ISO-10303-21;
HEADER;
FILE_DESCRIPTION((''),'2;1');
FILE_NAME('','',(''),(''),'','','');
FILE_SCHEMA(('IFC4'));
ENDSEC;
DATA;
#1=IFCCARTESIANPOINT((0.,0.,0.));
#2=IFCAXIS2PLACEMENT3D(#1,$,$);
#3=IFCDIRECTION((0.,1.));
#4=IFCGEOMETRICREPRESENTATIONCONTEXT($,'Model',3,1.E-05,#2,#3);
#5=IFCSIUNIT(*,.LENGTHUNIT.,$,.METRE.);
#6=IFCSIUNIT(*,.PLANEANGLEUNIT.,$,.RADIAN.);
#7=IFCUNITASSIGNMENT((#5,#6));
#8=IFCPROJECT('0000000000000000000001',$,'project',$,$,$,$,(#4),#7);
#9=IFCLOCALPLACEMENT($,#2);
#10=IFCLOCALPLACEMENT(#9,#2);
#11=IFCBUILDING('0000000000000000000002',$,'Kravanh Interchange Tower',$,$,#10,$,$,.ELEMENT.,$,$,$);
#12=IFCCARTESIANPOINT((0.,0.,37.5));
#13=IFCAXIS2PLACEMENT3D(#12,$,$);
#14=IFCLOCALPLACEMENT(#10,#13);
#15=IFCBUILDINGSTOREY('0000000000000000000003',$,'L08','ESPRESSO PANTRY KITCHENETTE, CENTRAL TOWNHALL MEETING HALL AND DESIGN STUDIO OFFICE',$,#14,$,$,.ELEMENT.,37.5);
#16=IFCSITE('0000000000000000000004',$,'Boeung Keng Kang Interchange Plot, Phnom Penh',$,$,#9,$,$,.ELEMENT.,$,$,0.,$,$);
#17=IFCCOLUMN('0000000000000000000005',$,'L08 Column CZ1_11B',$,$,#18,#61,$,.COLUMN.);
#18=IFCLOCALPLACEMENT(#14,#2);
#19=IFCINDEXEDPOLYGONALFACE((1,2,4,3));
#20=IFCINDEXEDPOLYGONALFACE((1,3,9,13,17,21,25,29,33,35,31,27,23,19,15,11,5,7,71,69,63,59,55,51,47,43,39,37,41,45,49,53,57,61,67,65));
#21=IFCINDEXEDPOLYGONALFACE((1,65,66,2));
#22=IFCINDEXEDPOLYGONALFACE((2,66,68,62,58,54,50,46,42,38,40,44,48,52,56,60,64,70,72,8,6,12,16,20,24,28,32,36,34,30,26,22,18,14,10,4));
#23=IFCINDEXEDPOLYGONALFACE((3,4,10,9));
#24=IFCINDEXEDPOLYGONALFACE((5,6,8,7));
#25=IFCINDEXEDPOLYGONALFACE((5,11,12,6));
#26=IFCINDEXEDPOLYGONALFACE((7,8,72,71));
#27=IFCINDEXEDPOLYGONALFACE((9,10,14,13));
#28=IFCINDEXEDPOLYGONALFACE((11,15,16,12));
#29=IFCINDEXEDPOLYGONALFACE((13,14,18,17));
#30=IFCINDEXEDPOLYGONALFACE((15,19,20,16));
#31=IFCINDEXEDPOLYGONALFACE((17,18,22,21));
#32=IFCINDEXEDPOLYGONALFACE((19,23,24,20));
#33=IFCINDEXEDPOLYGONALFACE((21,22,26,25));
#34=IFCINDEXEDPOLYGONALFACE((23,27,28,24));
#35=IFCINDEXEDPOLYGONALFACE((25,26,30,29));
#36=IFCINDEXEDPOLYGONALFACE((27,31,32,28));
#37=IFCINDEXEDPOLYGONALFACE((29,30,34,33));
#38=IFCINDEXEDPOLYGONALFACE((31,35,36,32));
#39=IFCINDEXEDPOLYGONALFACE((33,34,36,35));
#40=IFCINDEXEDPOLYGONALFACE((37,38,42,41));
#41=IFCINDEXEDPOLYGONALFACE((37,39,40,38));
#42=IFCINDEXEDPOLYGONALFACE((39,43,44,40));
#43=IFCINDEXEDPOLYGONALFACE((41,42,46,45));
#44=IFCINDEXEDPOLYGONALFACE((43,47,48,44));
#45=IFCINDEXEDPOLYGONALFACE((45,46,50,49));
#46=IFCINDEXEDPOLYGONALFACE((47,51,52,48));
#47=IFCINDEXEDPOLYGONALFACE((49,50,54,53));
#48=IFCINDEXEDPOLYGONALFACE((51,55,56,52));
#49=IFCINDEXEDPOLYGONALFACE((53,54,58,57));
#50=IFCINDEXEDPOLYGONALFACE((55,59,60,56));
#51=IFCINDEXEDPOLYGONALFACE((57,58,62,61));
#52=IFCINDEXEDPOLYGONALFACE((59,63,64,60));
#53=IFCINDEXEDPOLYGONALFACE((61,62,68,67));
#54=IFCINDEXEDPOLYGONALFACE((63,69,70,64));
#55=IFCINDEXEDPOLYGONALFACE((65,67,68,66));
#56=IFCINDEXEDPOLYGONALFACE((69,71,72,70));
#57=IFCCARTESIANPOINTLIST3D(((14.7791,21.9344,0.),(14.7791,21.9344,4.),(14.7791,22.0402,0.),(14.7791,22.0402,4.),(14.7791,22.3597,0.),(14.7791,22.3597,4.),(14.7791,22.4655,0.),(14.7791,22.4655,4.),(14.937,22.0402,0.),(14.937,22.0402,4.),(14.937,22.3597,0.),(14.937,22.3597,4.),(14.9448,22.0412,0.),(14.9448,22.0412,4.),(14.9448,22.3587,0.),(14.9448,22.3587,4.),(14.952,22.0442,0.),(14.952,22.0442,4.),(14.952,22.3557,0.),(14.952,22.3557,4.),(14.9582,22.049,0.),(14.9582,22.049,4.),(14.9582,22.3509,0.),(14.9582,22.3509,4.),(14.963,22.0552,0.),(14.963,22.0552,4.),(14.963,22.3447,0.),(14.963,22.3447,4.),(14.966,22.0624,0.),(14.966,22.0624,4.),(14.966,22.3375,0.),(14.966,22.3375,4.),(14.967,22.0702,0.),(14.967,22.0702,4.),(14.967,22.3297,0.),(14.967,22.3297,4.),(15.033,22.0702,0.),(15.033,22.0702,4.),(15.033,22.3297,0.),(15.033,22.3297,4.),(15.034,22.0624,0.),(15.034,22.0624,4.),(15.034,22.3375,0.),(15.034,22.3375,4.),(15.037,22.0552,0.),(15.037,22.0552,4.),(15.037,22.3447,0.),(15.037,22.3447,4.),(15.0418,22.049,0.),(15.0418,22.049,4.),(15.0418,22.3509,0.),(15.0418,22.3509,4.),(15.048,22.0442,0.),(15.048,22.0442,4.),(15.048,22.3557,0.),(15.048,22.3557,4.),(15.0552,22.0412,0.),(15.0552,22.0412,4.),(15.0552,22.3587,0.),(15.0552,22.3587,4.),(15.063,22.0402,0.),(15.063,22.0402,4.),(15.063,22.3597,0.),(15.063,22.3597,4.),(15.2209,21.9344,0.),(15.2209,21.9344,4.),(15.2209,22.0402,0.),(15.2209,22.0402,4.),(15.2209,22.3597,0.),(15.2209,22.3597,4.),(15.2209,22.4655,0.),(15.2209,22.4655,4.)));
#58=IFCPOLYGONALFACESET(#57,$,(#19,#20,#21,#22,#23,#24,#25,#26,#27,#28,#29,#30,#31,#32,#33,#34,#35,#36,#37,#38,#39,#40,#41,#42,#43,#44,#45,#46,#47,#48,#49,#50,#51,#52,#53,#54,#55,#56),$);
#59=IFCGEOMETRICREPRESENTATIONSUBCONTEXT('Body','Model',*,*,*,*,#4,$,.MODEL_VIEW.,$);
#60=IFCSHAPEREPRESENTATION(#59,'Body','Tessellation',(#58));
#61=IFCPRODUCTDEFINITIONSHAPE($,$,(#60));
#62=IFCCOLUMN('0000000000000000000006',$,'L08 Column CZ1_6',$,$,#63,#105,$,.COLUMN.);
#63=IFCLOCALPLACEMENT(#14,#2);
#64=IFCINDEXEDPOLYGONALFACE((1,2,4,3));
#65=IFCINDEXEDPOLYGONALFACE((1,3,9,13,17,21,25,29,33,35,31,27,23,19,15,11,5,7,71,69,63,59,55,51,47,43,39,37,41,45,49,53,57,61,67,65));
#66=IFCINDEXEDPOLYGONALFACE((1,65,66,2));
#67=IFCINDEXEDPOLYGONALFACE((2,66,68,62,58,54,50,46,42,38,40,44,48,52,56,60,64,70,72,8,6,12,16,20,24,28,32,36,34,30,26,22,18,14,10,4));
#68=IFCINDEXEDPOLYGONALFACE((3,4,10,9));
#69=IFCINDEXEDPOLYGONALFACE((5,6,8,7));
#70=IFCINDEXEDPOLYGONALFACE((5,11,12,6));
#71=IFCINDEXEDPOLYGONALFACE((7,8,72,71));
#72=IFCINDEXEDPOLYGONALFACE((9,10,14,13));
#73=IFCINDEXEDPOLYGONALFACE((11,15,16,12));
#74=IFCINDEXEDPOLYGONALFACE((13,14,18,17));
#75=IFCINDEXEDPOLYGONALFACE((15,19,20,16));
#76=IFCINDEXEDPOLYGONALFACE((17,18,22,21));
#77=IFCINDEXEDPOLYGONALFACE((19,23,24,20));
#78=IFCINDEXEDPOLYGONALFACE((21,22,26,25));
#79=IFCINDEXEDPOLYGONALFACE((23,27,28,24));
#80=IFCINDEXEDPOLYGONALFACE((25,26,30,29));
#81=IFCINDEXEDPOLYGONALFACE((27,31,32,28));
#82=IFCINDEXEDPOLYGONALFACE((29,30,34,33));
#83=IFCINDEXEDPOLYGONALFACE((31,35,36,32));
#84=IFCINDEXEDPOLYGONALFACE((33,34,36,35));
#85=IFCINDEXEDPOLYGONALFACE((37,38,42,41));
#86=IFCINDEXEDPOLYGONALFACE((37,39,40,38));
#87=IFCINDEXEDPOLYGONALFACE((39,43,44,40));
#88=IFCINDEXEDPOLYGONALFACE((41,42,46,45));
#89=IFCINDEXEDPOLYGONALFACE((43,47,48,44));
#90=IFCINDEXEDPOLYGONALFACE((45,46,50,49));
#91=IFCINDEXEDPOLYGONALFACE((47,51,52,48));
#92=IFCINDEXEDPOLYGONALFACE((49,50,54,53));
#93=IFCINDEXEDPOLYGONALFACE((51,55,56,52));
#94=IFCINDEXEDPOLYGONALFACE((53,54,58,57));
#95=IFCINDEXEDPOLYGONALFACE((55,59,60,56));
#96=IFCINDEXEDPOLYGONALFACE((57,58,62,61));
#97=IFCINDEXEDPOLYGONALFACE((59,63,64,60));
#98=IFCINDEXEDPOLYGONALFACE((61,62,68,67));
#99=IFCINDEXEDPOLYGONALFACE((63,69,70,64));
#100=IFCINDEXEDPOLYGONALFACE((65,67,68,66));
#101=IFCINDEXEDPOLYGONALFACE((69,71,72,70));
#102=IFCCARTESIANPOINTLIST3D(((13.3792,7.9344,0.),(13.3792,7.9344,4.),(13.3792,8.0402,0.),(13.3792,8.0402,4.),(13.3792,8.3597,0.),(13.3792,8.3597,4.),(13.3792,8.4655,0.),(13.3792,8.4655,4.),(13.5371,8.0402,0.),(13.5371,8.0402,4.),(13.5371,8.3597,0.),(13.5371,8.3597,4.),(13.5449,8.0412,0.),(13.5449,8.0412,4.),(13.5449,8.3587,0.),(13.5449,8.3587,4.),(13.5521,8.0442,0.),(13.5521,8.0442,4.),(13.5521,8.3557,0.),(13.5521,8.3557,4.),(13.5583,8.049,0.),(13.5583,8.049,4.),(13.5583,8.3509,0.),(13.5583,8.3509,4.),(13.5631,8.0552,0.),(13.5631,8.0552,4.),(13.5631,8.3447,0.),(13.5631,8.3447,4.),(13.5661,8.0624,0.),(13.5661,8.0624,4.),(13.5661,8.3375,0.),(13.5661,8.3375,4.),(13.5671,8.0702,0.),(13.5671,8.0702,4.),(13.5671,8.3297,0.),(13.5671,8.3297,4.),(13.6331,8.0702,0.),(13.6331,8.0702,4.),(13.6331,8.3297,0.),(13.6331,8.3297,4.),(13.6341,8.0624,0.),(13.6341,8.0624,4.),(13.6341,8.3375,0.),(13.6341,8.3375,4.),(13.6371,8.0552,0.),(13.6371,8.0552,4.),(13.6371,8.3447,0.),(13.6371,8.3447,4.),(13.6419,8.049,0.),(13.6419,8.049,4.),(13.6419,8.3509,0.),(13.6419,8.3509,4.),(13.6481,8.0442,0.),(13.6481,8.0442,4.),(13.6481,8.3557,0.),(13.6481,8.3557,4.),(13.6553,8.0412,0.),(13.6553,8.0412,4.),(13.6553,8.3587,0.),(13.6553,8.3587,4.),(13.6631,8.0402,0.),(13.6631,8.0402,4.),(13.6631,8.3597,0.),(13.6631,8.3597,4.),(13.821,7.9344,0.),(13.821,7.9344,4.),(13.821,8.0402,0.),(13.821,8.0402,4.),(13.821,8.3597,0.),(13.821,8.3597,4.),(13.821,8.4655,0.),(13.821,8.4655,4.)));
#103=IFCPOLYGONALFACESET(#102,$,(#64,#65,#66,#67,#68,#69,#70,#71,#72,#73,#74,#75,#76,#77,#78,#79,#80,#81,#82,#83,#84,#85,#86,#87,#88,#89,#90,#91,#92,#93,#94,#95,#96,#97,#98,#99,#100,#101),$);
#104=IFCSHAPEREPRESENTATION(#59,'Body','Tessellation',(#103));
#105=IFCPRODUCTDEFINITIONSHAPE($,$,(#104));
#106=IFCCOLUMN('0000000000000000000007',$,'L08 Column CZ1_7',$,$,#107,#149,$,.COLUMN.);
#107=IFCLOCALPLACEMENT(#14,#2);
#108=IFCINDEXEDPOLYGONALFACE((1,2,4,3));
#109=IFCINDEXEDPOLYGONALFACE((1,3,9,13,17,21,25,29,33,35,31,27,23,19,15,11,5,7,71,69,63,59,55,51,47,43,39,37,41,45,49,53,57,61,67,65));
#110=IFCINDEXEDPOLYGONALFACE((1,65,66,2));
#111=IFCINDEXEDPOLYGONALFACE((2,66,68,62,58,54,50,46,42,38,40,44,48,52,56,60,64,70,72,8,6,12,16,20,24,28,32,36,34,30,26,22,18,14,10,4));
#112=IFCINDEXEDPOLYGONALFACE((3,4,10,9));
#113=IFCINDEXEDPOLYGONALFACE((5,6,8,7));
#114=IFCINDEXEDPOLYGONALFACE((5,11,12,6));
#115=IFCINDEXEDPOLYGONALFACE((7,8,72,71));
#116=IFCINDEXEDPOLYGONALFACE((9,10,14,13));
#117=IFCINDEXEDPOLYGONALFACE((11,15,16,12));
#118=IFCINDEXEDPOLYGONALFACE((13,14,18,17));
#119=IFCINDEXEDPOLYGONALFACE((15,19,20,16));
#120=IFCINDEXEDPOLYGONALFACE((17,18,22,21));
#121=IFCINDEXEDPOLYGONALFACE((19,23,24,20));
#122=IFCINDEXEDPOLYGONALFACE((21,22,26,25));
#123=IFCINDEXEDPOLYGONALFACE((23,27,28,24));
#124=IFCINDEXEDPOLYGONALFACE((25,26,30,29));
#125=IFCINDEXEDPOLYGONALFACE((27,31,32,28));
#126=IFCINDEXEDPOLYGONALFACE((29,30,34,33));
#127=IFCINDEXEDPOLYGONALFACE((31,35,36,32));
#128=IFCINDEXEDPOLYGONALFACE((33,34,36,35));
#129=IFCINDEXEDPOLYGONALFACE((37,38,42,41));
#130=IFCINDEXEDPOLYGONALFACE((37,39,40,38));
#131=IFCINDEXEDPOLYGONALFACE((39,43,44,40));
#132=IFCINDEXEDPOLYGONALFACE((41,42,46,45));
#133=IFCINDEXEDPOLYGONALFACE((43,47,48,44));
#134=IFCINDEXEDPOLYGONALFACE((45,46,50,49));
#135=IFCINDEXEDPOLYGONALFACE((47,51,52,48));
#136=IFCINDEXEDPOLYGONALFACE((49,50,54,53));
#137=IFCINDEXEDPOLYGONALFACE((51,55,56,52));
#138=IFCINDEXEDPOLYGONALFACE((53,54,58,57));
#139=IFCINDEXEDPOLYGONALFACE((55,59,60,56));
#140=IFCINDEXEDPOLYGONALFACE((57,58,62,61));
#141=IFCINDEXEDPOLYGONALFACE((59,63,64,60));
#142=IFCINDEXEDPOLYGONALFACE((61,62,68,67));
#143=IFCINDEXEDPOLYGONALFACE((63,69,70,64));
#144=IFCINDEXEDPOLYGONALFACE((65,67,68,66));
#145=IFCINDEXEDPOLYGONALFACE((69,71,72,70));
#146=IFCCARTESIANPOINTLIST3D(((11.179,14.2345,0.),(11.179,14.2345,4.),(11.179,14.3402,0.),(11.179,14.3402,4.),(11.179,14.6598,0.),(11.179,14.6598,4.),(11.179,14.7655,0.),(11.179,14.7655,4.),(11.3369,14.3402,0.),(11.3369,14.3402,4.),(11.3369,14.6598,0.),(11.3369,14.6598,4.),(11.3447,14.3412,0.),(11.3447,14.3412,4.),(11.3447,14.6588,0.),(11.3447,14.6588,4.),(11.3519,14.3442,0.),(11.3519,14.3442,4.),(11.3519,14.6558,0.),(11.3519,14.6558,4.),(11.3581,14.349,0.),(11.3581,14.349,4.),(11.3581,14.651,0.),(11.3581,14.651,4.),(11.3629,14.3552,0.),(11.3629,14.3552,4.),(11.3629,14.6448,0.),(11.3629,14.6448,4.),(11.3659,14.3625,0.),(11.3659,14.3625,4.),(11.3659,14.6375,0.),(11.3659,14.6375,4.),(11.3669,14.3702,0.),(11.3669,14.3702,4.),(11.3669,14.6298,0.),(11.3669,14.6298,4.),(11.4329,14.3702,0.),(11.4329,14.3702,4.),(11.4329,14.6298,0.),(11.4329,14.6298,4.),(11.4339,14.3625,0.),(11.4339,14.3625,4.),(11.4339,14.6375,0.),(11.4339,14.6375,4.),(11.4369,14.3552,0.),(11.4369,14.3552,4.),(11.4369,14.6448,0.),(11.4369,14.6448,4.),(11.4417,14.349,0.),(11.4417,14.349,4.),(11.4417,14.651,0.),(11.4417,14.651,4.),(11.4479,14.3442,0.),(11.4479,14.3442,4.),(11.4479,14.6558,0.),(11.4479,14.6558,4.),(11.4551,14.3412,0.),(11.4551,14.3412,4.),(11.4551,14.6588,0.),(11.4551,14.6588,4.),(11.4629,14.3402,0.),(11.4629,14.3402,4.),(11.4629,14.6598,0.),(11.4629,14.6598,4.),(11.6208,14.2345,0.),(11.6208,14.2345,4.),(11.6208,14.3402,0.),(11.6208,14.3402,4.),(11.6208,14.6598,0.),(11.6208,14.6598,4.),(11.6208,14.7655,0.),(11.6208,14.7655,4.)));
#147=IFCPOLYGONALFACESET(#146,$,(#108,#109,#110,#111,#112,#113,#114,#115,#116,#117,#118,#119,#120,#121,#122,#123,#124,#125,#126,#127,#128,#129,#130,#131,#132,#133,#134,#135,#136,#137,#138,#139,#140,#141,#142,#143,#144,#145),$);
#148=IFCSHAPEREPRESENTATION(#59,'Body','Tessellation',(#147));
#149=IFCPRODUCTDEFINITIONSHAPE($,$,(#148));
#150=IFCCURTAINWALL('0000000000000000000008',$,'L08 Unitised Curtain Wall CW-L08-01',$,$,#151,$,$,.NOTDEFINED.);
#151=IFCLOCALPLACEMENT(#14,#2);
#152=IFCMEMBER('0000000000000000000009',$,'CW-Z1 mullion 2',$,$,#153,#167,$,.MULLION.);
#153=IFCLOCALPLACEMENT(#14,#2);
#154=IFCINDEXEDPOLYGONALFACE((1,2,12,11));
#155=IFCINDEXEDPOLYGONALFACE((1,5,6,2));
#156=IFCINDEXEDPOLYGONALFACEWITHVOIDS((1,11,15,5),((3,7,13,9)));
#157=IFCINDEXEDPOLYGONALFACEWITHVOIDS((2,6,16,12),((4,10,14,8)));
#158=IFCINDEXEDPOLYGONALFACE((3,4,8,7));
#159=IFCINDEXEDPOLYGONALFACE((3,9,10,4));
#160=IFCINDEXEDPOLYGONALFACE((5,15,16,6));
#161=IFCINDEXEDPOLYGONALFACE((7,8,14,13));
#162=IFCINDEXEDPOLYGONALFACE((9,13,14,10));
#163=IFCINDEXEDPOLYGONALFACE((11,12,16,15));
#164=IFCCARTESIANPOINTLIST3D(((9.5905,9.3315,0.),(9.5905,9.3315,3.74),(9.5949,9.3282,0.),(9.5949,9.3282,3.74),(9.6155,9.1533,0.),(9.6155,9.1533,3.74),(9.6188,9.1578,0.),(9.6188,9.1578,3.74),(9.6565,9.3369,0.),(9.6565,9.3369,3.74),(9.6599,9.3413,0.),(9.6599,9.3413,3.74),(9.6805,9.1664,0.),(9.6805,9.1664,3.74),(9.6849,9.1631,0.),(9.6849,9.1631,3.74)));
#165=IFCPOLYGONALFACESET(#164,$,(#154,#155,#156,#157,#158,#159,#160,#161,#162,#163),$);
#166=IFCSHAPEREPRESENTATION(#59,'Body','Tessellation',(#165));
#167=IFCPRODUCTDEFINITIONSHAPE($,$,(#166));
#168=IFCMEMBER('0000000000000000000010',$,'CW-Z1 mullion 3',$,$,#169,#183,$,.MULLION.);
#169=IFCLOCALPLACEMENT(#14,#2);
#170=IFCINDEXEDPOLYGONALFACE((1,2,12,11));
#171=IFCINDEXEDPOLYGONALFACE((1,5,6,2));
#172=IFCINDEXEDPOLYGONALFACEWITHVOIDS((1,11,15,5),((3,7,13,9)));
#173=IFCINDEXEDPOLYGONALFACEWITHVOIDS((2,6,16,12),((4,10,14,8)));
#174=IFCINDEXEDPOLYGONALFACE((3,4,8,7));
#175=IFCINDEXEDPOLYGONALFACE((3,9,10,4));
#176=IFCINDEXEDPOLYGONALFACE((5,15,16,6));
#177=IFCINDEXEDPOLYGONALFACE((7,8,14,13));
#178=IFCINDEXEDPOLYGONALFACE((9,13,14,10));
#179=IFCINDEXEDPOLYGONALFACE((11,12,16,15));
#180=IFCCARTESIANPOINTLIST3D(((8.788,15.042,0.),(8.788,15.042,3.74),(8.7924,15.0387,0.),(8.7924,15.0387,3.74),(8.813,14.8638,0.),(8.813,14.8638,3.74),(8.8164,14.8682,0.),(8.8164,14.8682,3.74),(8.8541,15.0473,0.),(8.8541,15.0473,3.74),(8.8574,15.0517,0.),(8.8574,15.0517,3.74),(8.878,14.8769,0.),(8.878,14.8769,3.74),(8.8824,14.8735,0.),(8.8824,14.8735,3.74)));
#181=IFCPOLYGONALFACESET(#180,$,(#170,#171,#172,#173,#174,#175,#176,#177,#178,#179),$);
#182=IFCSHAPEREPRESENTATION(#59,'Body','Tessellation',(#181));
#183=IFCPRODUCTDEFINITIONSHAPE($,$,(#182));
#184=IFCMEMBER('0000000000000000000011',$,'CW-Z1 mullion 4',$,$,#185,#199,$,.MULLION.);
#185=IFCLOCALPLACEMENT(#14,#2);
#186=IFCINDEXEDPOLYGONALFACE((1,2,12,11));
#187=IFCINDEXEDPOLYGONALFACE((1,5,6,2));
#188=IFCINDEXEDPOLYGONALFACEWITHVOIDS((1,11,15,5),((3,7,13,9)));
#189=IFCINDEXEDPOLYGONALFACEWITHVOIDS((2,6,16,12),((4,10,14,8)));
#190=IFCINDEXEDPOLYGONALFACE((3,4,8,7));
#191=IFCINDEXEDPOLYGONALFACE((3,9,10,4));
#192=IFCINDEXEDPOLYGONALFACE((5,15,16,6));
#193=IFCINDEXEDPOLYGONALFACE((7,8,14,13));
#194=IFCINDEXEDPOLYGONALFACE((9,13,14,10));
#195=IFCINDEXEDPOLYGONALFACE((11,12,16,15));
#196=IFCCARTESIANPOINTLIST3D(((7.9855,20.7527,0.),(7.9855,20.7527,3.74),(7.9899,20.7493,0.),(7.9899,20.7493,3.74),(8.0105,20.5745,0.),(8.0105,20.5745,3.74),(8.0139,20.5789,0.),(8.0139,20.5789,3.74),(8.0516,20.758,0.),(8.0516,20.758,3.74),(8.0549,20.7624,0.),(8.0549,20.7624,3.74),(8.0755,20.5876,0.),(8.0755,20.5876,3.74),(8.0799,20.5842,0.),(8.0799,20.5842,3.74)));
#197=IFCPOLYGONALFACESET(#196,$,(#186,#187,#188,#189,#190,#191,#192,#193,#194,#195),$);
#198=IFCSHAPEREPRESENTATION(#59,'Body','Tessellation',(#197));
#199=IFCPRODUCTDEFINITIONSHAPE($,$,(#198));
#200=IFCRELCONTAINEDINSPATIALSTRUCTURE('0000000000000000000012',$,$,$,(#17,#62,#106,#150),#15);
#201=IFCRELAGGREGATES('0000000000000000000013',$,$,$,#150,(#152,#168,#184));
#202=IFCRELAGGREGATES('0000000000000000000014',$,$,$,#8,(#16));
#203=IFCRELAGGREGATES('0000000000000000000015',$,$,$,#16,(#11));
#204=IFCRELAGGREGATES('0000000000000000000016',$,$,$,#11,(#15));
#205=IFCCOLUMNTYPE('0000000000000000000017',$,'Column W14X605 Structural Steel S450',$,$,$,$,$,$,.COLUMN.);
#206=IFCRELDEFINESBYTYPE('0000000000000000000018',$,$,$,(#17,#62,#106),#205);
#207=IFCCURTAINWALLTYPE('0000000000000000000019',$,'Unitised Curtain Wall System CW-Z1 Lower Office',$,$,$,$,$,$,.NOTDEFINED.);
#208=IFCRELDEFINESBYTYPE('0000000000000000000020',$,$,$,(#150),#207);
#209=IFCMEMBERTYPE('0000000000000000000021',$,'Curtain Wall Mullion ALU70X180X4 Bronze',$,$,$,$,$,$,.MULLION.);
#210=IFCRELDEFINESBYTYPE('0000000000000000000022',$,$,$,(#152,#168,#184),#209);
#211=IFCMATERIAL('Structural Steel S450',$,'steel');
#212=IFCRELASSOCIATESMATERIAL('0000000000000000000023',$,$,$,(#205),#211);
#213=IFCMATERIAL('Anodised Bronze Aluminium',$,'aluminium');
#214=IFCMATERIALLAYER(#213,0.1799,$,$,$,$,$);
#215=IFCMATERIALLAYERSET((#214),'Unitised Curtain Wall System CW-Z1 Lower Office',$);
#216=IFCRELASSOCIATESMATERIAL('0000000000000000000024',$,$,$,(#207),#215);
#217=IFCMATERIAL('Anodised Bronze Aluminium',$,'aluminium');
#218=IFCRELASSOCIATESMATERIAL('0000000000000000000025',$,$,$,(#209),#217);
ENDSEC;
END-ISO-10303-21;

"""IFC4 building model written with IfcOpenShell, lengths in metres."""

from ifc_helpers import new_model, si_unit, direction, frame, origin, origin_2d, place, context, subcontext, project, spatial, hollow_rectangle, i_section, extrude, material, layer, layer_set, material_profile, profile_set, type_object, element, aggregate, save


model = new_model("IFC4")

# Units and contexts
model_context = context("Model", 3, precision=1e-05, world=origin(), true_north=direction((0.0, 1.0)))
body_context = subcontext(model_context, "Body", "Model", "MODEL_VIEW")
ifc_project = project(units=[si_unit("LENGTHUNIT", "METRE"), si_unit("PLANEANGLEUNIT", "RADIAN")], contexts=[model_context])

# Site, building, storey
site_placement = place(None, origin())
site = spatial("IfcSite", under=ifc_project, at=site_placement, Name="Boeung Keng Kang Interchange Plot, Phnom Penh", CompositionType="ELEMENT", RefElevation=0.0)
building_placement = place(site_placement, origin())
building = spatial("IfcBuilding", under=site, at=building_placement, Name="Kravanh Interchange Tower", CompositionType="ELEMENT")
storey_placement = place(building_placement, frame((0.0, 0.0, 37.5)))
storey = spatial("IfcBuildingStorey", under=building, at=storey_placement, Name="L08", Description="ESPRESSO PANTRY KITCHENETTE, CENTRAL TOWNHALL MEETING HALL AND DESIGN STUDIO OFFICE", CompositionType="ELEMENT", Elevation=37.5)

# Columns
ifc_material_1 = material(Name="Structural Steel S450", Category="steel")
ifc_material_profile_1 = material_profile(ifc_material_1, i_section(OverallWidth=0.4419, OverallDepth=0.531, WebThickness=0.0659, FlangeThickness=0.1057, FilletRadius=0.03, at=origin_2d()), Name="W14X605")
ifc_profile_set_1 = profile_set([ifc_material_profile_1], Name="Structural Steel S450")
column_type = type_object("IfcColumnType", Name="Column W14X605 Structural Steel S450", PredefinedType="COLUMN", material=ifc_profile_set_1)
for number, where, z_axis, x_axis, name in (
    (1, (15.0, 22.2, 0.0), (0.0, 0.0, 1.0), (1.0, 0.0, 0.0), "L08 Column CZ1_11B"),
    (2, (13.6001, 8.2, 0.0), (0.0, 0.0, 1.0), (1.0, 0.0, 0.0), "L08 Column CZ1_6"),
    (3, (11.3999, 14.5, 0.0), (0.0, 0.0, 1.0), (1.0, 0.0, 0.0), "L08 Column CZ1_7"),
):
    element("IfcColumn", number, at=place(storey_placement, frame(where, z_axis=z_axis, x_axis=x_axis)), inside=storey, type_object=column_type, Name=name, PredefinedType="COLUMN", context=body_context, shape_type="SweptSolid", body=[
        extrude(i_section(OverallWidth=0.4419, OverallDepth=0.531, WebThickness=0.0659, FlangeThickness=0.1057, FilletRadius=0.03, at=origin_2d()), origin(), (0.0, 0.0, 1.0), 4.0),
    ])

# Curtain wall, members
ifc_material_2 = material(Name="Anodised Bronze Aluminium", Category="aluminium")
ifc_layer_1 = layer(ifc_material_2, 0.1799)
ifc_layer_set_1 = layer_set([ifc_layer_1], Name="Unitised Curtain Wall System CW-Z1 Lower Office")
curtain_wall_type = type_object("IfcCurtainWallType", Name="Unitised Curtain Wall System CW-Z1 Lower Office", PredefinedType="NOTDEFINED", material=ifc_layer_set_1)
curtain_wall_placement = place(storey_placement, origin())
curtain_wall = element("IfcCurtainWall", 4, at=curtain_wall_placement, inside=storey, type_object=curtain_wall_type, Name="L08 Unitised Curtain Wall CW-L08-01", PredefinedType="NOTDEFINED")
ifc_material_3 = material(Name="Anodised Bronze Aluminium", Category="aluminium")
ifc_material_profile_2 = material_profile(ifc_material_3, hollow_rectangle(XDim=0.0701, YDim=0.1799, WallThickness=0.0039, at=origin_2d()), Name="ALU70X180X4")
ifc_profile_set_2 = profile_set([ifc_material_profile_2], Name="Anodised Bronze Aluminium")
member_type_1 = type_object("IfcMemberType", Name="Curtain Wall Mullion ALU70X180X4 Bronze", PredefinedType="MULLION", material=ifc_profile_set_2)
member_1_placement = place(storey_placement, frame((9.6377, 9.2473, 0.0), z_axis=(0.0, 0.0, 1.0), x_axis=(-0.990268, -0.139177, 0.0)))
member_1 = element("IfcMember", 5, at=member_1_placement, type_object=member_type_1, Name="CW-Z1 mullion 2", PredefinedType="MULLION", context=body_context, shape_type="SweptSolid", body=[
    extrude(hollow_rectangle(XDim=0.0701, YDim=0.1799, WallThickness=0.0039, at=origin_2d()), origin(), (0.0, 0.0, 1.0), 3.74),
])
member_2_placement = place(storey_placement, frame((8.8352, 14.9578, 0.0), z_axis=(0.0, 0.0, 1.0), x_axis=(-0.990268, -0.139177, 0.0)))
member_2 = element("IfcMember", 6, at=member_2_placement, type_object=member_type_1, Name="CW-Z1 mullion 3", PredefinedType="MULLION", context=body_context, shape_type="SweptSolid", body=[
    extrude(hollow_rectangle(XDim=0.0701, YDim=0.1799, WallThickness=0.0039, at=origin_2d()), origin(), (0.0, 0.0, 1.0), 3.74),
])
member_3_placement = place(storey_placement, frame((8.0327, 20.6685, 0.0), z_axis=(0.0, 0.0, 1.0), x_axis=(-0.990268, -0.139177, 0.0)))
member_3 = element("IfcMember", 7, at=member_3_placement, type_object=member_type_1, Name="CW-Z1 mullion 4", PredefinedType="MULLION", context=body_context, shape_type="SweptSolid", body=[
    extrude(hollow_rectangle(XDim=0.0701, YDim=0.1799, WallThickness=0.0039, at=origin_2d()), origin(), (0.0, 0.0, 1.0), 3.74),
])

aggregate(curtain_wall, [member_1, member_2, member_3])

save(model, "model.ifc")
